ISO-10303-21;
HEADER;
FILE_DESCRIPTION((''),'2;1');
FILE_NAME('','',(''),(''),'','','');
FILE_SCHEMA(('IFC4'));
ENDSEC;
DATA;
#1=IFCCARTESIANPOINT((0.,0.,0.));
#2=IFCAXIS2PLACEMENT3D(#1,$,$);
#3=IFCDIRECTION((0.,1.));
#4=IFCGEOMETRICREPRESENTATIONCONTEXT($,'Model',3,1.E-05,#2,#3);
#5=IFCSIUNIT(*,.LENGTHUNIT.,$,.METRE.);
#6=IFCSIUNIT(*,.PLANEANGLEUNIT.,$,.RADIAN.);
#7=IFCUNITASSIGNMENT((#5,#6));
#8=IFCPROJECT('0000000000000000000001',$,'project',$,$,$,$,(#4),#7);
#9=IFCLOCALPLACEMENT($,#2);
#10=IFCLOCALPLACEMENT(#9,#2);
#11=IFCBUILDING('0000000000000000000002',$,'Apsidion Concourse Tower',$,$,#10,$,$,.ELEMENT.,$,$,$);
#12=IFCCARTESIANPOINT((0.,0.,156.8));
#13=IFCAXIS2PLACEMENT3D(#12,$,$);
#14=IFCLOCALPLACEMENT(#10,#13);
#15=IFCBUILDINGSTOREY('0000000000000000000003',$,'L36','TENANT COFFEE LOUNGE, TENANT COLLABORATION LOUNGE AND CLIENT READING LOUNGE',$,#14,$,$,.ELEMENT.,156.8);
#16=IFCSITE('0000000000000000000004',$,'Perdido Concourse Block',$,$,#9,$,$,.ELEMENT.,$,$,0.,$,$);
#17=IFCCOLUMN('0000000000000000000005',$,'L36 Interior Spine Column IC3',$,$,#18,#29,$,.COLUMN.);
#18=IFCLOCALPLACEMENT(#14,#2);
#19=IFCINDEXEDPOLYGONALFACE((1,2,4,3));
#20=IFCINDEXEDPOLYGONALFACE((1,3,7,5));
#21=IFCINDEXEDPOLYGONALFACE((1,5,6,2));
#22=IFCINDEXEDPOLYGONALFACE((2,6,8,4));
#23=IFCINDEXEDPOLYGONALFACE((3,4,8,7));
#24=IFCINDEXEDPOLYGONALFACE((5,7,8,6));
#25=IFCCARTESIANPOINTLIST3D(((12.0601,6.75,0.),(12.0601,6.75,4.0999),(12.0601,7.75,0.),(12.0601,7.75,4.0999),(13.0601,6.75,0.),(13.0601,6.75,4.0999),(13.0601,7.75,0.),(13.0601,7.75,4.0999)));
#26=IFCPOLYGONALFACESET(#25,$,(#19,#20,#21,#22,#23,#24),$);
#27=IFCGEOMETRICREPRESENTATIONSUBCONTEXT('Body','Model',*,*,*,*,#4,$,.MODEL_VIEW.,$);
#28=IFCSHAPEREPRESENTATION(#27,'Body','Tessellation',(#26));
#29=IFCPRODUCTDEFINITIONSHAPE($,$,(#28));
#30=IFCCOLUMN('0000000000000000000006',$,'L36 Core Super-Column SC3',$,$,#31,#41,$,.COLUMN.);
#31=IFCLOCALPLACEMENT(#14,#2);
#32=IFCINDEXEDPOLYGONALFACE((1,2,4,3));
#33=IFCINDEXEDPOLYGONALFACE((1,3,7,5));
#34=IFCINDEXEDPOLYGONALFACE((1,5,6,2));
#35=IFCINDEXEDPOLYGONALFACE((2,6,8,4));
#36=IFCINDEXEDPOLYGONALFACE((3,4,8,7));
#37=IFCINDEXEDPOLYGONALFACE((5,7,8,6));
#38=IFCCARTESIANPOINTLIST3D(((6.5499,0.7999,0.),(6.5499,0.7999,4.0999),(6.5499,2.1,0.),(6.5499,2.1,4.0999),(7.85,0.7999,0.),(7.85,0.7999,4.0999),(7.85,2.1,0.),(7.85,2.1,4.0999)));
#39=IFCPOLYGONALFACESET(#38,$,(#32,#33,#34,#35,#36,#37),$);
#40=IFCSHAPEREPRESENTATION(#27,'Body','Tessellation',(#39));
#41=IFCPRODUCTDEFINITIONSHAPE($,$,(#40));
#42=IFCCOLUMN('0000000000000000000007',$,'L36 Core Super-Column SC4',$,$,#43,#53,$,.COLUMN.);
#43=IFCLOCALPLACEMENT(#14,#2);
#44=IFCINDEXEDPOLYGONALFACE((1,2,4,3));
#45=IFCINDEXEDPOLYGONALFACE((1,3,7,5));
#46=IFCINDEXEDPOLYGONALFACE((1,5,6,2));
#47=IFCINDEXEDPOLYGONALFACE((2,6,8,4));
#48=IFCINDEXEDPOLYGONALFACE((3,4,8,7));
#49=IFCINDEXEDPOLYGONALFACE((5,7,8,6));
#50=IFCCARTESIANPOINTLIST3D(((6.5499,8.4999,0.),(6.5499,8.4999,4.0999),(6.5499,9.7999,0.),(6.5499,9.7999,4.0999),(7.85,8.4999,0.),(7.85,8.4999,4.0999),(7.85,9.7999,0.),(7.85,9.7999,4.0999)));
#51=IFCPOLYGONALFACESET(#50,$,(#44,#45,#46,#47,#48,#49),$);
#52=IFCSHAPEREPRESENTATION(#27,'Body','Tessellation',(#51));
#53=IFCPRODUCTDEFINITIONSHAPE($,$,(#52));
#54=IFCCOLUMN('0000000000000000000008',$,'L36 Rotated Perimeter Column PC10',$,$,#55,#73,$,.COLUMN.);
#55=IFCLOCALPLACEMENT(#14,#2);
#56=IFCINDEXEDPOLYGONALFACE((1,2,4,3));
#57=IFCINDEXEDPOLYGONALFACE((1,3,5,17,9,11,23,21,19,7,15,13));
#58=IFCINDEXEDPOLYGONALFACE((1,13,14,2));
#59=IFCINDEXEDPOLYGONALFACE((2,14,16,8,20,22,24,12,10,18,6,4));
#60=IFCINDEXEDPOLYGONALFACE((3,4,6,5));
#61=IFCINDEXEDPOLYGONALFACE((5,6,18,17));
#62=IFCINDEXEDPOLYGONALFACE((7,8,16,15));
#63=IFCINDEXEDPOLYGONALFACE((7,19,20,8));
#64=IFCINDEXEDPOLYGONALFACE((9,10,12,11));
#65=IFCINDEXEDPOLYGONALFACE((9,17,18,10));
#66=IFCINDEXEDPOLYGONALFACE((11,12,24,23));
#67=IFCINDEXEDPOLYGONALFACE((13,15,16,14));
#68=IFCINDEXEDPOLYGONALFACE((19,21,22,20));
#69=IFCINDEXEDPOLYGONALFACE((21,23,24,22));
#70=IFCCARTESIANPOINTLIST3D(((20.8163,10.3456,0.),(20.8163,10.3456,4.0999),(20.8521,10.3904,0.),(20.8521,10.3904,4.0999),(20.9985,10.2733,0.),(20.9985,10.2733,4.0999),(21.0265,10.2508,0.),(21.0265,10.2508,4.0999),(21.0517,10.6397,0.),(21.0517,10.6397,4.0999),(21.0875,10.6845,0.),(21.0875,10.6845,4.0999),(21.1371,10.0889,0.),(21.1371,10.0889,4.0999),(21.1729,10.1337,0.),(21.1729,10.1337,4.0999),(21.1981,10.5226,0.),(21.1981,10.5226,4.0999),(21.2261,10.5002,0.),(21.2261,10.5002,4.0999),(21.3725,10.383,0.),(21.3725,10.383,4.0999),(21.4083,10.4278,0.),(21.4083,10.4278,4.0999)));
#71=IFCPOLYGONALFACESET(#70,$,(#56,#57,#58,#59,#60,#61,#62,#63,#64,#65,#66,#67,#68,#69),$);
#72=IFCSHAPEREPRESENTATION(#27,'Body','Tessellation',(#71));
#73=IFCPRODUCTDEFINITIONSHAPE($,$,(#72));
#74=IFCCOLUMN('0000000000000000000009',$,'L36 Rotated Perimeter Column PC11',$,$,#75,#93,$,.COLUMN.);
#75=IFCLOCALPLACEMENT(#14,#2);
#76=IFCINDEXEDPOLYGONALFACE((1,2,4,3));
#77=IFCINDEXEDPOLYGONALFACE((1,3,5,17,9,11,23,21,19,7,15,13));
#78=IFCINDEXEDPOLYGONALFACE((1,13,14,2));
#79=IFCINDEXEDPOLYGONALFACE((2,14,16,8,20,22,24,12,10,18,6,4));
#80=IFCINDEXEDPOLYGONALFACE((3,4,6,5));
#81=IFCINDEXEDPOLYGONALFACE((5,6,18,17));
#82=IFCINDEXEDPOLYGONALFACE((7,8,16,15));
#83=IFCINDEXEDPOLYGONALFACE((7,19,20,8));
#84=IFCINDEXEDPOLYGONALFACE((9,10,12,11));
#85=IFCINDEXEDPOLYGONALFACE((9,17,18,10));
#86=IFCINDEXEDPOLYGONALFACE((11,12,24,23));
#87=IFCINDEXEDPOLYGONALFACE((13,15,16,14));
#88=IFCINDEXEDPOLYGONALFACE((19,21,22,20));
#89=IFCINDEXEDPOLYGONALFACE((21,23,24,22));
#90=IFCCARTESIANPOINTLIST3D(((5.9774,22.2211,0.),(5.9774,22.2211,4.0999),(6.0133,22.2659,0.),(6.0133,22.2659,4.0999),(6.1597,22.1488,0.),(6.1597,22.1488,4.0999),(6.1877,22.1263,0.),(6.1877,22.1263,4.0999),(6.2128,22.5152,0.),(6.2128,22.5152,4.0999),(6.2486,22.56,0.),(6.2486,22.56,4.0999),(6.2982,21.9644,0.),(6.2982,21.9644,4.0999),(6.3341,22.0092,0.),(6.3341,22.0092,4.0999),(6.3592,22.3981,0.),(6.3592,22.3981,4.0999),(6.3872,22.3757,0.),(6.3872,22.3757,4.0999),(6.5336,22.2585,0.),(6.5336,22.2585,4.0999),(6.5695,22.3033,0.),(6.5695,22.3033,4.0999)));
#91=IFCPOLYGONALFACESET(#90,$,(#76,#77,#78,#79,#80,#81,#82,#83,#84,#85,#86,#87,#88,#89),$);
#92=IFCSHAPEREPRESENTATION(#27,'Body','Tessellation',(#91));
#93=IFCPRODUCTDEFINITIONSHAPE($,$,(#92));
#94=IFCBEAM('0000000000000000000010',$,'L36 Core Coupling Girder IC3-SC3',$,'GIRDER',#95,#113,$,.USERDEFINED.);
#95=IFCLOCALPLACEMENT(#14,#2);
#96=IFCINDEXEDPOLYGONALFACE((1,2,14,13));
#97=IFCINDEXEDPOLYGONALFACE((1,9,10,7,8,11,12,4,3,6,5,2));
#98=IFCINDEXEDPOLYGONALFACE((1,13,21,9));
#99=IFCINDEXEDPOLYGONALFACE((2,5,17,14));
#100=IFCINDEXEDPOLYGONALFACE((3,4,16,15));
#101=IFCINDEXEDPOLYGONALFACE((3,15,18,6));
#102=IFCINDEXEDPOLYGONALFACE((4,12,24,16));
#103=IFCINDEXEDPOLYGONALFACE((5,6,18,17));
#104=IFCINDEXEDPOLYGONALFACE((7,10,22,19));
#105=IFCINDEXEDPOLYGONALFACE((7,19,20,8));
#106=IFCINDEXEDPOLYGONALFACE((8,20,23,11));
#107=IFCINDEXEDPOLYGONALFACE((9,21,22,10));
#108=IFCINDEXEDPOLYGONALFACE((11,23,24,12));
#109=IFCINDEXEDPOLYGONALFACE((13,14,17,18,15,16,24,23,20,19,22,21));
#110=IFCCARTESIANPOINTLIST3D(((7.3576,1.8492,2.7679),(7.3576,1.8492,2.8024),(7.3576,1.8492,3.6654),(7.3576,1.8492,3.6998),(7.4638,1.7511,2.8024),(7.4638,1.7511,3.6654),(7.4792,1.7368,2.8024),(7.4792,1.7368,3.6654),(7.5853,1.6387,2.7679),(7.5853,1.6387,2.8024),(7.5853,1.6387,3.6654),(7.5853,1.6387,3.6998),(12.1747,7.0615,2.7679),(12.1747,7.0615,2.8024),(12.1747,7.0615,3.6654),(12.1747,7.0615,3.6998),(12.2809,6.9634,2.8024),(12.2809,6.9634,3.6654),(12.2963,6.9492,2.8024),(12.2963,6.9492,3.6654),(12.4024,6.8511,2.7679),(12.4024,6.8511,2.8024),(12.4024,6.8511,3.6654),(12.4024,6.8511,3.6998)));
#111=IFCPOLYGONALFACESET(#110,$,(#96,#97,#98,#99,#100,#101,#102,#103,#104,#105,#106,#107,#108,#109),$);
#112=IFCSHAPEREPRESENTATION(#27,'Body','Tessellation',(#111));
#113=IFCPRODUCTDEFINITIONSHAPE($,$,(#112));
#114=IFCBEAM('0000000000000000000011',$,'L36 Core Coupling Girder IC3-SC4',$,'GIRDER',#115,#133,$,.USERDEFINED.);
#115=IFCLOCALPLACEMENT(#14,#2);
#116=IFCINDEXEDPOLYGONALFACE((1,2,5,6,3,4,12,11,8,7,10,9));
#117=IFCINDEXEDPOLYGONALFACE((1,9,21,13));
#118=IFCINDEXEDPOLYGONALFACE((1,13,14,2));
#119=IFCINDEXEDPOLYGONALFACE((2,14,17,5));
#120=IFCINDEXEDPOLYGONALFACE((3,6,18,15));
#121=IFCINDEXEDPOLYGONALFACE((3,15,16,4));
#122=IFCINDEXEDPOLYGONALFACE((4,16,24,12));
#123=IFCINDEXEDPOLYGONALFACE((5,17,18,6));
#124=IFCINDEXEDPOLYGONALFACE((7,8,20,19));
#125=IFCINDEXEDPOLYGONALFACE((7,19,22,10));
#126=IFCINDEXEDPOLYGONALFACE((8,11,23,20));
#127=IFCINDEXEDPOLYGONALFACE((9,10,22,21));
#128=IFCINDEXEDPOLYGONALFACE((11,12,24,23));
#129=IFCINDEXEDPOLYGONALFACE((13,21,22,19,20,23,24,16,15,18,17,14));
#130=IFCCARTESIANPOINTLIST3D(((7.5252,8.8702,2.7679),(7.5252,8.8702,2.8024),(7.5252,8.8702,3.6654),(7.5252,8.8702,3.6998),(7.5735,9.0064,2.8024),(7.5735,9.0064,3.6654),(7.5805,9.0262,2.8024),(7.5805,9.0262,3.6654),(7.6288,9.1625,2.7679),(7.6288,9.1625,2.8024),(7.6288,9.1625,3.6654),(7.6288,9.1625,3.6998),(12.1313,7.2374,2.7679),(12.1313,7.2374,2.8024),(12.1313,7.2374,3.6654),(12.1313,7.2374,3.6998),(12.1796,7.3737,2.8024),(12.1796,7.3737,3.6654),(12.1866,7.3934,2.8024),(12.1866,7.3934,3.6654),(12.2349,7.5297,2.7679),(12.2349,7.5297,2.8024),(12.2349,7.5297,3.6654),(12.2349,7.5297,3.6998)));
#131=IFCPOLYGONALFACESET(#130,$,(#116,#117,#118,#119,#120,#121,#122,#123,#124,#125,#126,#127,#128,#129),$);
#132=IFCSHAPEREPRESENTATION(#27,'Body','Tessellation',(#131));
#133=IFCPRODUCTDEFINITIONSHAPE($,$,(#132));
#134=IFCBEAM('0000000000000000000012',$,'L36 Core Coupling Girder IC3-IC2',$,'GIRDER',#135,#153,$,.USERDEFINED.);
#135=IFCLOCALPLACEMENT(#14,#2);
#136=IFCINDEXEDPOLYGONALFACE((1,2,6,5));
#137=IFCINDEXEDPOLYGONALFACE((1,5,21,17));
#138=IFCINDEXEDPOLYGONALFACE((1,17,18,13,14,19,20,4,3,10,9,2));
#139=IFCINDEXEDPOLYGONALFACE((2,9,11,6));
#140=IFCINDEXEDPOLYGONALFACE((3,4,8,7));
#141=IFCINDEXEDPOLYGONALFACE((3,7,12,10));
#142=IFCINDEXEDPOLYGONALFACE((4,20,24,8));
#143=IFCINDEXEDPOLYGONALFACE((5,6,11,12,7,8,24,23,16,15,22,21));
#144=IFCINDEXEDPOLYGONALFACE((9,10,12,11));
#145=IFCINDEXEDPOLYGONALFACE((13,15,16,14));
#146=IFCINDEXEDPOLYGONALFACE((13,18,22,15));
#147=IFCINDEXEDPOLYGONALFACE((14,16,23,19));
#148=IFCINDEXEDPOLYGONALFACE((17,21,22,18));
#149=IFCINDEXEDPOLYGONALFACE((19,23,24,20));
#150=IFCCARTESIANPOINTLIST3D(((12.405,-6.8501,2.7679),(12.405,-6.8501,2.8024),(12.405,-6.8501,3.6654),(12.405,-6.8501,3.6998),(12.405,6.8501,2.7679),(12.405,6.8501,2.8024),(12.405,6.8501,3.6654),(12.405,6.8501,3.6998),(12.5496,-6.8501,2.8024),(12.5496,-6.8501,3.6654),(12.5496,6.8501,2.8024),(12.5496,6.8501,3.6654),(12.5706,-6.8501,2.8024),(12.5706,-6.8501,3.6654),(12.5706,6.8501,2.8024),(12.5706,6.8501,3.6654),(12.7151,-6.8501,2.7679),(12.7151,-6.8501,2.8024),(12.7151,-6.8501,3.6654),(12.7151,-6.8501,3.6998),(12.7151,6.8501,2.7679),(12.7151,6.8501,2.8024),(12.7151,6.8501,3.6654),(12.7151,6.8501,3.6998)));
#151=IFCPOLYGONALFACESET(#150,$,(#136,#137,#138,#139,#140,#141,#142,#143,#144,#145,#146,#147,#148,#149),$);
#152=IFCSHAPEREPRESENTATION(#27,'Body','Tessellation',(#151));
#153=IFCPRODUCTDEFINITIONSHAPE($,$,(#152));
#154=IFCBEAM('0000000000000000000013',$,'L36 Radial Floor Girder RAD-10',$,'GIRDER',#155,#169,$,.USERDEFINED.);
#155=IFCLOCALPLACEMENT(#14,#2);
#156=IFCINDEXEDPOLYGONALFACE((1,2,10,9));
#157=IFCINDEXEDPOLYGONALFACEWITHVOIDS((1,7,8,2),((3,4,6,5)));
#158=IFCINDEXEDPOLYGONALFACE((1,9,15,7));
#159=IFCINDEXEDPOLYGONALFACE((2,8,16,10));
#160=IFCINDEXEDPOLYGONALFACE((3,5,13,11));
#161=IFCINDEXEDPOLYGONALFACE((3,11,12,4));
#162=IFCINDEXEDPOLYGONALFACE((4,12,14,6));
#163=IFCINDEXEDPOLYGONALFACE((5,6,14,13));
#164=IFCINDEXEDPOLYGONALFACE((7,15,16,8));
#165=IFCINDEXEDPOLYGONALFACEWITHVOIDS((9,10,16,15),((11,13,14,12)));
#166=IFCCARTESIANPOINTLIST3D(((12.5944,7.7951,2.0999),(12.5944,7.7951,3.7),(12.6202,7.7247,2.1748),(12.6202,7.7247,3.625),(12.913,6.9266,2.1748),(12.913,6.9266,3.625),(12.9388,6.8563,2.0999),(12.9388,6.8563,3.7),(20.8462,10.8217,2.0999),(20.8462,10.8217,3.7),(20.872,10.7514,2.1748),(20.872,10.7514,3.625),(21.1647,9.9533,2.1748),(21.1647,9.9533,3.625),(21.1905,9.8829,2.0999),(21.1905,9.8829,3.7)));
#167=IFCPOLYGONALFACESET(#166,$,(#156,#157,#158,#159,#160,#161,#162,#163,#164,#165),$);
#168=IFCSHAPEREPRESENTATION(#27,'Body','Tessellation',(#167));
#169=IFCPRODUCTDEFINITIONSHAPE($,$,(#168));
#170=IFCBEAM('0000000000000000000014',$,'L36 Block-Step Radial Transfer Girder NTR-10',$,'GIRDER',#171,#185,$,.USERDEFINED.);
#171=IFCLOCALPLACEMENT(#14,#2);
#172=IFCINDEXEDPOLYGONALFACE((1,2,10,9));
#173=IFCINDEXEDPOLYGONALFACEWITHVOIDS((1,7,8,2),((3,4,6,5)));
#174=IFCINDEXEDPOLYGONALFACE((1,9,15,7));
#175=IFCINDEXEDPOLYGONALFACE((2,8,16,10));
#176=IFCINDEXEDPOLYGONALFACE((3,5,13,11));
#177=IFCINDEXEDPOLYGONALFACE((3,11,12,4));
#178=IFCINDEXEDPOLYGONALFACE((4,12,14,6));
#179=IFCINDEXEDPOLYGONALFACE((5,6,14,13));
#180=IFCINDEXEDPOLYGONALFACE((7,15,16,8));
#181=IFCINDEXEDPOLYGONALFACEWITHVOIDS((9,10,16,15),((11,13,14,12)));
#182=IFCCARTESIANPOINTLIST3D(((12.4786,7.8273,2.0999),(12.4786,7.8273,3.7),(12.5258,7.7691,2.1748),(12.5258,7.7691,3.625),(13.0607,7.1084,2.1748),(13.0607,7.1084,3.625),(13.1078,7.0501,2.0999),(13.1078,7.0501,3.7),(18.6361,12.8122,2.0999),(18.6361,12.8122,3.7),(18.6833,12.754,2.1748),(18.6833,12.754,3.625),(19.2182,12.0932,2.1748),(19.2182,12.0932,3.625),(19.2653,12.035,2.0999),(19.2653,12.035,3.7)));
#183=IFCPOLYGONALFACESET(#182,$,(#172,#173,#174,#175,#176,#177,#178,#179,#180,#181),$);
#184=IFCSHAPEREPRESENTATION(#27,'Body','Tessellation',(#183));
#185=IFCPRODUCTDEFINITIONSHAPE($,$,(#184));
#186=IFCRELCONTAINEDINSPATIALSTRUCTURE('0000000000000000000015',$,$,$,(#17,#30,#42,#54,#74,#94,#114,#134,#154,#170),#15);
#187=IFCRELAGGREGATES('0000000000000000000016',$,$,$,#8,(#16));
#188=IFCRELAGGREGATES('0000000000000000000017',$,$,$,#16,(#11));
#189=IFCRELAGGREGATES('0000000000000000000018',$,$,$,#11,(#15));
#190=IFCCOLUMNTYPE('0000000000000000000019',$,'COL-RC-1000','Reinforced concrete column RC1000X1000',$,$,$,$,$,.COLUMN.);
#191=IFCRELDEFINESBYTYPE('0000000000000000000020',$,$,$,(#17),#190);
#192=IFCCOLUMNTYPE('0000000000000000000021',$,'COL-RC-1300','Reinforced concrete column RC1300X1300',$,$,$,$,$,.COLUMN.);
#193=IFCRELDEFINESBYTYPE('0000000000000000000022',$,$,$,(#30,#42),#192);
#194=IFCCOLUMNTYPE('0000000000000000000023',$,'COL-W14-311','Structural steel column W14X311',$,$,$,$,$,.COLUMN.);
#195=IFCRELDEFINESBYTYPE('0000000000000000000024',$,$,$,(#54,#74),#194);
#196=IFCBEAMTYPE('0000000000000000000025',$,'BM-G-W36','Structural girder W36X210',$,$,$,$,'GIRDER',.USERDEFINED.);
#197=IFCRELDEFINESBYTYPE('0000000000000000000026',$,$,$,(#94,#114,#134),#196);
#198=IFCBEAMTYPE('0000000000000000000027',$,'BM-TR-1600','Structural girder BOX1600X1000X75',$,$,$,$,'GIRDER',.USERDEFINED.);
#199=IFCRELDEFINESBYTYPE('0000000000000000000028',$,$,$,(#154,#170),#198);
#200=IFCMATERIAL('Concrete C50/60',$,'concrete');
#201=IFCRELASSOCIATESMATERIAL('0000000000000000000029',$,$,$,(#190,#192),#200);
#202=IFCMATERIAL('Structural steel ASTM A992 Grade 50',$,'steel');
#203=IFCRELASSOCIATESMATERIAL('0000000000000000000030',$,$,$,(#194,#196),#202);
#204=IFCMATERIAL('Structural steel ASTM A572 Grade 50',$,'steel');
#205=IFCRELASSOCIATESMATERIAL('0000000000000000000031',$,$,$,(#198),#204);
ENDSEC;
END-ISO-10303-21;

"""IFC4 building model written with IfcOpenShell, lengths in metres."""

from ifc_helpers import new_model, si_unit, direction, frame, origin, origin_2d, place, context, subcontext, project, spatial, rectangle, hollow_rectangle, i_section, extrude, material, material_profile, profile_set, type_object, element, save


model = new_model("IFC4")

# Units and contexts
model_context = context("Model", 3, precision=1e-05, world=origin(), true_north=direction((0.0, 1.0)))
body_context = subcontext(model_context, "Body", "Model", "MODEL_VIEW")
ifc_project = project(units=[si_unit("LENGTHUNIT", "METRE"), si_unit("PLANEANGLEUNIT", "RADIAN")], contexts=[model_context])

# Site, building, storey
site_placement = place(None, origin())
site = spatial("IfcSite", under=ifc_project, at=site_placement, Name="Perdido Concourse Block", CompositionType="ELEMENT", RefElevation=0.0)
building_placement = place(site_placement, origin())
building = spatial("IfcBuilding", under=site, at=building_placement, Name="Apsidion Concourse Tower", CompositionType="ELEMENT")
storey_placement = place(building_placement, frame((0.0, 0.0, 156.8)))
storey = spatial("IfcBuildingStorey", under=building, at=storey_placement, Name="L36", Description="TENANT COFFEE LOUNGE, TENANT COLLABORATION LOUNGE AND CLIENT READING LOUNGE", CompositionType="ELEMENT", Elevation=156.8)

# Columns
ifc_material_1 = material(Name="Concrete C50/60", Category="concrete")
ifc_material_profile_1 = material_profile(ifc_material_1, rectangle(XDim=1.0, YDim=1.0, at=origin_2d()), Name="RC 1000x1000")
ifc_profile_set_1 = profile_set([ifc_material_profile_1], Name="Concrete C50/60")
column_type_1 = type_object("IfcColumnType", Name="COL-RC-1000", Description="Reinforced concrete column RC1000X1000", PredefinedType="COLUMN", material=ifc_profile_set_1)
column_placement = place(storey_placement, frame((12.5601, 7.25, 0.0), z_axis=(0.0, 0.0, 1.0), x_axis=(1.0, 0.0, 0.0)))
element("IfcColumn", 1, at=column_placement, inside=storey, type_object=column_type_1, Name="L36 Interior Spine Column IC3", PredefinedType="COLUMN", context=body_context, shape_type="SweptSolid", body=[
    extrude(rectangle(XDim=1.0, YDim=1.0, at=origin_2d()), origin(), (0.0, 0.0, 1.0), 4.0999),
])
ifc_material_profile_2 = material_profile(ifc_material_1, rectangle(XDim=1.3, YDim=1.3, at=origin_2d()), Name="RC 1300x1300")
ifc_profile_set_2 = profile_set([ifc_material_profile_2], Name="Concrete C50/60")
column_type_2 = type_object("IfcColumnType", Name="COL-RC-1300", Description="Reinforced concrete column RC1300X1300", PredefinedType="COLUMN", material=ifc_profile_set_2)
for number, where, z_axis, x_axis, name in (
    (2, (7.2, 1.45, 0.0), (0.0, 0.0, 1.0), (1.0, 0.0, 0.0), "L36 Core Super-Column SC3"),
    (3, (7.2, 9.1499, 0.0), (0.0, 0.0, 1.0), (1.0, 0.0, 0.0), "L36 Core Super-Column SC4"),
):
    element("IfcColumn", number, at=place(storey_placement, frame(where, z_axis=z_axis, x_axis=x_axis)), inside=storey, type_object=column_type_2, Name=name, PredefinedType="COLUMN", context=body_context, shape_type="SweptSolid", body=[
        extrude(rectangle(XDim=1.3, YDim=1.3, at=origin_2d()), origin(), (0.0, 0.0, 1.0), 4.0999),
    ])
ifc_material_2 = material(Name="Structural steel ASTM A992 Grade 50", Category="steel")
ifc_material_profile_3 = material_profile(ifc_material_2, i_section(OverallWidth=0.4109, OverallDepth=0.4341, WebThickness=0.0359, FlangeThickness=0.0574, at=origin_2d()), Name="W14X311")
ifc_profile_set_3 = profile_set([ifc_material_profile_3], Name="Structural steel ASTM A992 Grade 50")
column_type_3 = type_object("IfcColumnType", Name="COL-W14-311", Description="Structural steel column W14X311", PredefinedType="COLUMN", material=ifc_profile_set_3)
for number, where, z_axis, x_axis, name in (
    (4, (21.1123, 10.3867, 0.0), (0.0, 0.0, 1.0), (-0.780758, 0.624834, 0.0), "L36 Rotated Perimeter Column PC10"),
    (5, (6.2734, 22.2622, 0.0), (0.0, 0.0, 1.0), (-0.780758, 0.624834, 0.0), "L36 Rotated Perimeter Column PC11"),
):
    element("IfcColumn", number, at=place(storey_placement, frame(where, z_axis=z_axis, x_axis=x_axis)), inside=storey, type_object=column_type_3, Name=name, PredefinedType="COLUMN", context=body_context, shape_type="SweptSolid", body=[
        extrude(i_section(OverallWidth=0.4109, OverallDepth=0.4341, WebThickness=0.0359, FlangeThickness=0.0574, at=origin_2d()), origin(), (0.0, 0.0, 1.0), 4.0999),
    ])

# Beams
ifc_material_profile_4 = material_profile(ifc_material_2, i_section(OverallWidth=0.3101, OverallDepth=0.9319, WebThickness=0.021, FlangeThickness=0.0344, at=origin_2d()), Name="W36X210")
ifc_profile_set_4 = profile_set([ifc_material_profile_4], Name="Structural steel ASTM A992 Grade 50")
beam_type_1 = type_object("IfcBeamType", Name="BM-G-W36", Description="Structural girder W36X210", ElementType="GIRDER", PredefinedType="USERDEFINED", material=ifc_profile_set_4)
beam_1_placement = place(storey_placement, frame((12.2886, 6.9563, 3.2339), z_axis=(-0.678713, -0.734404, 0.0), x_axis=(0.734404, -0.678713, 0.0)))
element("IfcBeam", 6, at=beam_1_placement, inside=storey, type_object=beam_type_1, Name="L36 Core Coupling Girder IC3-SC3", ObjectType="GIRDER", PredefinedType="USERDEFINED", context=body_context, shape_type="SweptSolid", body=[
    extrude(i_section(OverallWidth=0.3101, OverallDepth=0.9319, WebThickness=0.021, FlangeThickness=0.0344, at=origin_2d()), origin(), (0.0, 0.0, 1.0), 7.0974),
])
beam_2_placement = place(storey_placement, frame((12.1831, 7.3835, 3.2339), z_axis=(-0.942534, 0.334111, 0.0), x_axis=(-0.334111, -0.942534, 0.0)))
element("IfcBeam", 7, at=beam_2_placement, inside=storey, type_object=beam_type_1, Name="L36 Core Coupling Girder IC3-SC4", ObjectType="GIRDER", PredefinedType="USERDEFINED", context=body_context, shape_type="SweptSolid", body=[
    extrude(i_section(OverallWidth=0.3101, OverallDepth=0.9319, WebThickness=0.021, FlangeThickness=0.0344, at=origin_2d()), origin(), (0.0, 0.0, 1.0), 4.887),
])
beam_3_placement = place(storey_placement, frame((12.5601, 6.8501, 3.2339), z_axis=(0.0, -1.0, 0.0), x_axis=(1.0, 0.0, 0.0)))
element("IfcBeam", 8, at=beam_3_placement, inside=storey, type_object=beam_type_1, Name="L36 Core Coupling Girder IC3-IC2", ObjectType="GIRDER", PredefinedType="USERDEFINED", context=body_context, shape_type="SweptSolid", body=[
    extrude(i_section(OverallWidth=0.3101, OverallDepth=0.9319, WebThickness=0.021, FlangeThickness=0.0344, at=origin_2d()), origin(), (0.0, 0.0, 1.0), 13.7002),
])
ifc_material_3 = material(Name="Structural steel ASTM A572 Grade 50", Category="steel")
ifc_material_profile_5 = material_profile(ifc_material_3, hollow_rectangle(XDim=1.0, YDim=1.6001, WallThickness=0.075, at=origin_2d()), Name="BOX1600X1000X75")
ifc_profile_set_5 = profile_set([ifc_material_profile_5], Name="Structural steel ASTM A572 Grade 50")
beam_type_2 = type_object("IfcBeamType", Name="BM-TR-1600", Description="Structural girder BOX1600X1000X75", ElementType="GIRDER", PredefinedType="USERDEFINED", material=ifc_profile_set_5)
beam_4_placement = place(storey_placement, frame((12.7666, 7.3257, 2.8999), z_axis=(0.93884, 0.344353, 0.0), x_axis=(-0.344353, 0.93884, 0.0)))
element("IfcBeam", 9, at=beam_4_placement, inside=storey, type_object=beam_type_2, Name="L36 Radial Floor Girder RAD-10", ObjectType="GIRDER", PredefinedType="USERDEFINED", context=body_context, shape_type="SweptSolid", body=[
    extrude(hollow_rectangle(XDim=1.0, YDim=1.6001, WallThickness=0.075, at=origin_2d()), origin(), (0.0, 0.0, 1.0), 8.7893),
])
beam_5_placement = place(storey_placement, frame((12.7932, 7.4387, 2.8999), z_axis=(0.77723, 0.629217, 0.0), x_axis=(-0.629217, 0.77723, 0.0)))
element("IfcBeam", 10, at=beam_5_placement, inside=storey, type_object=beam_type_2, Name="L36 Block-Step Radial Transfer Girder NTR-10", ObjectType="GIRDER", PredefinedType="USERDEFINED", context=body_context, shape_type="SweptSolid", body=[
    extrude(hollow_rectangle(XDim=1.0, YDim=1.6001, WallThickness=0.075, at=origin_2d()), origin(), (0.0, 0.0, 1.0), 7.9224),
])

save(model, "model.ifc")
